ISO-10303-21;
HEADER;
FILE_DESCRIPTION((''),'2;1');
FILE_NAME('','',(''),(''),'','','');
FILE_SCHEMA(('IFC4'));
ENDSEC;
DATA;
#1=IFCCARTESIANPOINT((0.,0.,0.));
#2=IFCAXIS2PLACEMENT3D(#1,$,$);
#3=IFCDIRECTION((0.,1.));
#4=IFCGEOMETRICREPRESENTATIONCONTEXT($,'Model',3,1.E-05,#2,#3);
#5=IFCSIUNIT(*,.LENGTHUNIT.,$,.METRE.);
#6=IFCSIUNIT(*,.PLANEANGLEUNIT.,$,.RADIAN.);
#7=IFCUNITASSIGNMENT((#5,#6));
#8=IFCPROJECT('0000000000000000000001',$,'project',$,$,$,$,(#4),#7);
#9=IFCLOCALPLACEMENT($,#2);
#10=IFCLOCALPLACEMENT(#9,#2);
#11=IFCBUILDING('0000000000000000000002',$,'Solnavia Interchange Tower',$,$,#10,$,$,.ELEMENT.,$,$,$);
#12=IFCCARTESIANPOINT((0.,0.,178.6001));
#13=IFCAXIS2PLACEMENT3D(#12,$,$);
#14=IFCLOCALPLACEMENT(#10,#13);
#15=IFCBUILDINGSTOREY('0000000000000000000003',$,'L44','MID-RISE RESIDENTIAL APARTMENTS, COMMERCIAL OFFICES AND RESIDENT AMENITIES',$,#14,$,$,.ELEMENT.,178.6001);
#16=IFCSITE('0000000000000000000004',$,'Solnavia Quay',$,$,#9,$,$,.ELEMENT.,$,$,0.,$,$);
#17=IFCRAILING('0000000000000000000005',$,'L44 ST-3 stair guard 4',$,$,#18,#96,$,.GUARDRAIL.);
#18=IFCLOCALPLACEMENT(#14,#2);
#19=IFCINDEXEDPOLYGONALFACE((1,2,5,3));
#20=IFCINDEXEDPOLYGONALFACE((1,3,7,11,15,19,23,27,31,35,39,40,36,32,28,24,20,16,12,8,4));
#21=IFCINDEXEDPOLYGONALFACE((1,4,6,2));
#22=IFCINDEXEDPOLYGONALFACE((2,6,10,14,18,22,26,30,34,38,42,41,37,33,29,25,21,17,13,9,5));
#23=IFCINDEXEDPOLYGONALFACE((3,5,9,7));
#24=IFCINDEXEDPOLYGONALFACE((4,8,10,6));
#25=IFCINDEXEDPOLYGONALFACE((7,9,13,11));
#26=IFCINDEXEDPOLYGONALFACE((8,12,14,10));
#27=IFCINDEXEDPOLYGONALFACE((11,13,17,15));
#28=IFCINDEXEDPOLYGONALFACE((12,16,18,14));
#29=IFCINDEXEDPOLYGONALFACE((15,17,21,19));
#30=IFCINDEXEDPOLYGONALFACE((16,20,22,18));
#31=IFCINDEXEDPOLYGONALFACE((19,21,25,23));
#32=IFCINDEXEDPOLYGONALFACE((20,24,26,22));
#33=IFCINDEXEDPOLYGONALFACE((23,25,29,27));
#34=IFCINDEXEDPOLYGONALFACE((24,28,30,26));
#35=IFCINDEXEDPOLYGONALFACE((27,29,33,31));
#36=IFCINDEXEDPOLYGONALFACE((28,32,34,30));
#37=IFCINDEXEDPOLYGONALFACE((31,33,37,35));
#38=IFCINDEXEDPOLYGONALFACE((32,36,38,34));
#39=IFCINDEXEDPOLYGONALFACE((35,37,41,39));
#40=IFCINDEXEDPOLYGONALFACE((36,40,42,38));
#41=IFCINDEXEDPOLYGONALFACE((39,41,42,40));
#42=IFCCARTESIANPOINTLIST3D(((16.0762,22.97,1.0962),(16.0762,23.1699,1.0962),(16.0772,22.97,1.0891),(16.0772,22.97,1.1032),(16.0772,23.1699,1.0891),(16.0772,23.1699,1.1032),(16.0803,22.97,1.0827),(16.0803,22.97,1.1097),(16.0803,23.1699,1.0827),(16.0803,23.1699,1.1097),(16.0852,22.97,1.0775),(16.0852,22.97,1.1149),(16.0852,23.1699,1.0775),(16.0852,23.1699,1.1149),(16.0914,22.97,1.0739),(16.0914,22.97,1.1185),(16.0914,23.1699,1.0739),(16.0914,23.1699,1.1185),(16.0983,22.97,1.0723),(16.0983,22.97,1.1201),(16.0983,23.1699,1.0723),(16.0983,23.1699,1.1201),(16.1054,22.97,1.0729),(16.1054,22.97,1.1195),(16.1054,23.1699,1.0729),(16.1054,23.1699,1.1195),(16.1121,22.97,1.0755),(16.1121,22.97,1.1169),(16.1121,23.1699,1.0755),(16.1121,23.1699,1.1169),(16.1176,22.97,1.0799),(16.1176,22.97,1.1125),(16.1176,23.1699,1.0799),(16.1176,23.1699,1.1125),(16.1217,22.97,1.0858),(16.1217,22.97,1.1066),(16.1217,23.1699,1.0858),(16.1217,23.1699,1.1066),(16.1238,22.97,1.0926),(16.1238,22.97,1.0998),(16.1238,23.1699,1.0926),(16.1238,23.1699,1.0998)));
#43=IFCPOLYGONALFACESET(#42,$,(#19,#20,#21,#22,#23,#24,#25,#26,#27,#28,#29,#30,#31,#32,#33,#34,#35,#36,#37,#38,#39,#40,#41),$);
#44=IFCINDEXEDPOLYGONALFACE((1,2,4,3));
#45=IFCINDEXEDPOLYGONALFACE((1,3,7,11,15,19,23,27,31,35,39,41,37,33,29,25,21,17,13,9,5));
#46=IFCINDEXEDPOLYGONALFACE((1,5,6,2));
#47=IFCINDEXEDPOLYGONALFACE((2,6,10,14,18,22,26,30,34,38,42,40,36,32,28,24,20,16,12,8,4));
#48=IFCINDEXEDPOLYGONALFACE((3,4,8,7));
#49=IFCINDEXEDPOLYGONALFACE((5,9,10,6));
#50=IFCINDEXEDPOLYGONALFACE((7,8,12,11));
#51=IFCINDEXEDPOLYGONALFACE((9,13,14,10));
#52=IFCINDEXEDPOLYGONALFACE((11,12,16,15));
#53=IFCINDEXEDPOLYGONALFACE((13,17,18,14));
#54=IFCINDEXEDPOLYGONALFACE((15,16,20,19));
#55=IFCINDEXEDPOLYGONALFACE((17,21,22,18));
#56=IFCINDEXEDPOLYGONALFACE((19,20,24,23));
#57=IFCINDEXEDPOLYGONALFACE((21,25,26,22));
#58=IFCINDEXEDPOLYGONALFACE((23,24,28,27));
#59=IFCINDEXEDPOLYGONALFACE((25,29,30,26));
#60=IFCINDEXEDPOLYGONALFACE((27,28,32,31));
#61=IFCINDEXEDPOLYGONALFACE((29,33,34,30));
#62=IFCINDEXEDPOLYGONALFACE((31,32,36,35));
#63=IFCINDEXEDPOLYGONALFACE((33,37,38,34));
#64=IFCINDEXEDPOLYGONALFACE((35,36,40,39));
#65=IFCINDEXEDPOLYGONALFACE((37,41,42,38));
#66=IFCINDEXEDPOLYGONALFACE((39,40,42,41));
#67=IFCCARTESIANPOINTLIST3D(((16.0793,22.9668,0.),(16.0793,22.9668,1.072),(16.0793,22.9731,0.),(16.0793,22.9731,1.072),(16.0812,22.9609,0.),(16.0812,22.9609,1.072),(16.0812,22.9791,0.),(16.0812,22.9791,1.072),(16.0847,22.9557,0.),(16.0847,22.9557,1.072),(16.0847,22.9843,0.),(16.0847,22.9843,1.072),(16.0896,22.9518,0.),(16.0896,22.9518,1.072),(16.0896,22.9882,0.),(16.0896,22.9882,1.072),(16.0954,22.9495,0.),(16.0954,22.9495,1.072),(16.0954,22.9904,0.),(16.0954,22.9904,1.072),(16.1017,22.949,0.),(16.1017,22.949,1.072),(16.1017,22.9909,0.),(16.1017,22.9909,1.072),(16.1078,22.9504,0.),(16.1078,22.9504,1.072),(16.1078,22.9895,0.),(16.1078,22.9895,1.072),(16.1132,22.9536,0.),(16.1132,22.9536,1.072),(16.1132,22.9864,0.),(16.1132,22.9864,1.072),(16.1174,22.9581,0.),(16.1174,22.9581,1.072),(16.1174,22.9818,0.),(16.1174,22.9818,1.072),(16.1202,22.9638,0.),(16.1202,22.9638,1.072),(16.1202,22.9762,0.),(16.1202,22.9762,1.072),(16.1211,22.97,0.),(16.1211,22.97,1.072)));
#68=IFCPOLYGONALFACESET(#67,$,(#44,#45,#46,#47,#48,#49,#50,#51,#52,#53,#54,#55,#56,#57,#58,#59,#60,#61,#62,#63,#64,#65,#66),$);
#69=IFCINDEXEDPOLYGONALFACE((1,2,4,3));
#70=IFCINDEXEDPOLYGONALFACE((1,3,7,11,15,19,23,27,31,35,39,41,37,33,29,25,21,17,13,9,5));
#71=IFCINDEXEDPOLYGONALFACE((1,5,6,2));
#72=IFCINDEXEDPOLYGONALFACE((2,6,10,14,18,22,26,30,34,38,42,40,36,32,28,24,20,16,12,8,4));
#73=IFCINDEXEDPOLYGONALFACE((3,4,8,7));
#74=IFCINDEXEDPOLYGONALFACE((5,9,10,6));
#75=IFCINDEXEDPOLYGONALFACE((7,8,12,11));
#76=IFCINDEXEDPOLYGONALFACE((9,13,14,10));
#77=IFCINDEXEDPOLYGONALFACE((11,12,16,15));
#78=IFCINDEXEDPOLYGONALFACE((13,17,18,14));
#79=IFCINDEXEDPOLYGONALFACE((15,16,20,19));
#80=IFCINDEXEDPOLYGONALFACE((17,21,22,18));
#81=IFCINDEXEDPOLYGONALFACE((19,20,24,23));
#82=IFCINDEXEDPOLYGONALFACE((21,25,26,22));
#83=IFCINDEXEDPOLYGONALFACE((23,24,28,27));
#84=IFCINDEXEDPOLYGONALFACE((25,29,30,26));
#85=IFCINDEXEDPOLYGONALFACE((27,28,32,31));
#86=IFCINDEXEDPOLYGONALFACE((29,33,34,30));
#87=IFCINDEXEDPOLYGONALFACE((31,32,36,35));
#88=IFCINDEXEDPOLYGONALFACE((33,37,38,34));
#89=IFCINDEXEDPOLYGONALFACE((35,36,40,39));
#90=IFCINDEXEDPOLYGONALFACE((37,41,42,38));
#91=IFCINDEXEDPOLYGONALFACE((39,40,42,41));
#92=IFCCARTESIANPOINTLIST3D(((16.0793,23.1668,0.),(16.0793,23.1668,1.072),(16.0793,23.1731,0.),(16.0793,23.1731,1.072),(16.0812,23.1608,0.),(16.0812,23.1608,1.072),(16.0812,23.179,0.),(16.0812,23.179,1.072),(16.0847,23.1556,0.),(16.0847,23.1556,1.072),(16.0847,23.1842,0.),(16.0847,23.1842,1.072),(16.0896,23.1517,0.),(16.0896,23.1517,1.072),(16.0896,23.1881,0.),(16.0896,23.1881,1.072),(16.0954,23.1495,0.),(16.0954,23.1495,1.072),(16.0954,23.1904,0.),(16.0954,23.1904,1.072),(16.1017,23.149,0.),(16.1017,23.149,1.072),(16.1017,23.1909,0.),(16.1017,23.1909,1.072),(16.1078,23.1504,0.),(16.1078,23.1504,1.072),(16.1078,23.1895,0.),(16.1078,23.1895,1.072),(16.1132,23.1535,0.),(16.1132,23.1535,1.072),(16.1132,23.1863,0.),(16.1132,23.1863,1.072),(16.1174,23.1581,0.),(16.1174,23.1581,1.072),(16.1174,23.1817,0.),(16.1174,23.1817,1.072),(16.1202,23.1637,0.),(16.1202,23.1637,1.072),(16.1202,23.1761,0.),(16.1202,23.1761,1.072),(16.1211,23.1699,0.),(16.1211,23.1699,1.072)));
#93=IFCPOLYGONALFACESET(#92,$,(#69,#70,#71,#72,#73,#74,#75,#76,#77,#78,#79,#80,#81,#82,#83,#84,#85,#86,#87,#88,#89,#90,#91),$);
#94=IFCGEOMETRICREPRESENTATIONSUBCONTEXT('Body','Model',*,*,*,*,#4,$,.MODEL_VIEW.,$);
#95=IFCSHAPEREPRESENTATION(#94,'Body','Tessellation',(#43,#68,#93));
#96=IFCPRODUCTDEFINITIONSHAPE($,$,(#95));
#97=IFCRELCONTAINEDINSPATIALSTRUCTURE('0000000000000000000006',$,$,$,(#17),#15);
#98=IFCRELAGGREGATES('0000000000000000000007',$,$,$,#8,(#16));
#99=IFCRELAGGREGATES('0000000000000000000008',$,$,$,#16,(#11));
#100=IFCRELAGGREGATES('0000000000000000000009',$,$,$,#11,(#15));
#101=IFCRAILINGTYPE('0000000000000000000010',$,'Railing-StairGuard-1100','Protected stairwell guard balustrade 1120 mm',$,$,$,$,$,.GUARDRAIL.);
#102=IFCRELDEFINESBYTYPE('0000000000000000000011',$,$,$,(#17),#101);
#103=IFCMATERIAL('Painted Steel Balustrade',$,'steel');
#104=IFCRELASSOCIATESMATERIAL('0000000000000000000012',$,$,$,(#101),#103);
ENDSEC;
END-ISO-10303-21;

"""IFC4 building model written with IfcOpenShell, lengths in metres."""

from ifc_helpers import new_model, si_unit, direction, frame, origin, origin_2d, place, context, subcontext, project, spatial, circle, extrude, material, type_object, element, save


model = new_model("IFC4")

# Units and contexts
model_context = context("Model", 3, precision=1e-05, world=origin(), true_north=direction((0.0, 1.0)))
body_context = subcontext(model_context, "Body", "Model", "MODEL_VIEW")
ifc_project = project(units=[si_unit("LENGTHUNIT", "METRE"), si_unit("PLANEANGLEUNIT", "RADIAN")], contexts=[model_context])

# Site, building, storey
site_placement = place(None, origin())
site = spatial("IfcSite", under=ifc_project, at=site_placement, Name="Solnavia Quay", CompositionType="ELEMENT", RefElevation=0.0)
building_placement = place(site_placement, origin())
building = spatial("IfcBuilding", under=site, at=building_placement, Name="Solnavia Interchange Tower", CompositionType="ELEMENT")
storey_placement = place(building_placement, frame((0.0, 0.0, 178.6001)))
storey = spatial("IfcBuildingStorey", under=building, at=storey_placement, Name="L44", Description="MID-RISE RESIDENTIAL APARTMENTS, COMMERCIAL OFFICES AND RESIDENT AMENITIES", CompositionType="ELEMENT", Elevation=178.6001)

# Railing
ifc_material_1 = material(Name="Painted Steel Balustrade", Category="steel")
railing_type_1 = type_object("IfcRailingType", Name="Railing-StairGuard-1100", Description="Protected stairwell guard balustrade 1120 mm", PredefinedType="GUARDRAIL", material=ifc_material_1)
railing_1_placement = place(storey_placement, frame((16.1001, 22.97, 0.0)))
element("IfcRailing", 1, at=railing_1_placement, inside=storey, type_object=railing_type_1, Name="L44 ST-3 stair guard 4", PredefinedType="GUARDRAIL", context=body_context, shape_type="SweptSolid", body=[
    extrude(circle(Radius=0.0239, at=origin_2d()), frame((0.0, 0.0, 1.0962), z_axis=(0.0, 1.0, 0.0), x_axis=(-1.0, 0.0, 0.0)), (0.0, 0.0, 1.0), 0.2),
    extrude(circle(Radius=0.021, at=origin_2d()), origin(), (0.0, 0.0, 1.0), 1.072),
    extrude(circle(Radius=0.021, at=origin_2d()), frame((0.0, 0.2, 0.0)), (0.0, 0.0, 1.0), 1.072),
])

save(model, "model.ifc")
